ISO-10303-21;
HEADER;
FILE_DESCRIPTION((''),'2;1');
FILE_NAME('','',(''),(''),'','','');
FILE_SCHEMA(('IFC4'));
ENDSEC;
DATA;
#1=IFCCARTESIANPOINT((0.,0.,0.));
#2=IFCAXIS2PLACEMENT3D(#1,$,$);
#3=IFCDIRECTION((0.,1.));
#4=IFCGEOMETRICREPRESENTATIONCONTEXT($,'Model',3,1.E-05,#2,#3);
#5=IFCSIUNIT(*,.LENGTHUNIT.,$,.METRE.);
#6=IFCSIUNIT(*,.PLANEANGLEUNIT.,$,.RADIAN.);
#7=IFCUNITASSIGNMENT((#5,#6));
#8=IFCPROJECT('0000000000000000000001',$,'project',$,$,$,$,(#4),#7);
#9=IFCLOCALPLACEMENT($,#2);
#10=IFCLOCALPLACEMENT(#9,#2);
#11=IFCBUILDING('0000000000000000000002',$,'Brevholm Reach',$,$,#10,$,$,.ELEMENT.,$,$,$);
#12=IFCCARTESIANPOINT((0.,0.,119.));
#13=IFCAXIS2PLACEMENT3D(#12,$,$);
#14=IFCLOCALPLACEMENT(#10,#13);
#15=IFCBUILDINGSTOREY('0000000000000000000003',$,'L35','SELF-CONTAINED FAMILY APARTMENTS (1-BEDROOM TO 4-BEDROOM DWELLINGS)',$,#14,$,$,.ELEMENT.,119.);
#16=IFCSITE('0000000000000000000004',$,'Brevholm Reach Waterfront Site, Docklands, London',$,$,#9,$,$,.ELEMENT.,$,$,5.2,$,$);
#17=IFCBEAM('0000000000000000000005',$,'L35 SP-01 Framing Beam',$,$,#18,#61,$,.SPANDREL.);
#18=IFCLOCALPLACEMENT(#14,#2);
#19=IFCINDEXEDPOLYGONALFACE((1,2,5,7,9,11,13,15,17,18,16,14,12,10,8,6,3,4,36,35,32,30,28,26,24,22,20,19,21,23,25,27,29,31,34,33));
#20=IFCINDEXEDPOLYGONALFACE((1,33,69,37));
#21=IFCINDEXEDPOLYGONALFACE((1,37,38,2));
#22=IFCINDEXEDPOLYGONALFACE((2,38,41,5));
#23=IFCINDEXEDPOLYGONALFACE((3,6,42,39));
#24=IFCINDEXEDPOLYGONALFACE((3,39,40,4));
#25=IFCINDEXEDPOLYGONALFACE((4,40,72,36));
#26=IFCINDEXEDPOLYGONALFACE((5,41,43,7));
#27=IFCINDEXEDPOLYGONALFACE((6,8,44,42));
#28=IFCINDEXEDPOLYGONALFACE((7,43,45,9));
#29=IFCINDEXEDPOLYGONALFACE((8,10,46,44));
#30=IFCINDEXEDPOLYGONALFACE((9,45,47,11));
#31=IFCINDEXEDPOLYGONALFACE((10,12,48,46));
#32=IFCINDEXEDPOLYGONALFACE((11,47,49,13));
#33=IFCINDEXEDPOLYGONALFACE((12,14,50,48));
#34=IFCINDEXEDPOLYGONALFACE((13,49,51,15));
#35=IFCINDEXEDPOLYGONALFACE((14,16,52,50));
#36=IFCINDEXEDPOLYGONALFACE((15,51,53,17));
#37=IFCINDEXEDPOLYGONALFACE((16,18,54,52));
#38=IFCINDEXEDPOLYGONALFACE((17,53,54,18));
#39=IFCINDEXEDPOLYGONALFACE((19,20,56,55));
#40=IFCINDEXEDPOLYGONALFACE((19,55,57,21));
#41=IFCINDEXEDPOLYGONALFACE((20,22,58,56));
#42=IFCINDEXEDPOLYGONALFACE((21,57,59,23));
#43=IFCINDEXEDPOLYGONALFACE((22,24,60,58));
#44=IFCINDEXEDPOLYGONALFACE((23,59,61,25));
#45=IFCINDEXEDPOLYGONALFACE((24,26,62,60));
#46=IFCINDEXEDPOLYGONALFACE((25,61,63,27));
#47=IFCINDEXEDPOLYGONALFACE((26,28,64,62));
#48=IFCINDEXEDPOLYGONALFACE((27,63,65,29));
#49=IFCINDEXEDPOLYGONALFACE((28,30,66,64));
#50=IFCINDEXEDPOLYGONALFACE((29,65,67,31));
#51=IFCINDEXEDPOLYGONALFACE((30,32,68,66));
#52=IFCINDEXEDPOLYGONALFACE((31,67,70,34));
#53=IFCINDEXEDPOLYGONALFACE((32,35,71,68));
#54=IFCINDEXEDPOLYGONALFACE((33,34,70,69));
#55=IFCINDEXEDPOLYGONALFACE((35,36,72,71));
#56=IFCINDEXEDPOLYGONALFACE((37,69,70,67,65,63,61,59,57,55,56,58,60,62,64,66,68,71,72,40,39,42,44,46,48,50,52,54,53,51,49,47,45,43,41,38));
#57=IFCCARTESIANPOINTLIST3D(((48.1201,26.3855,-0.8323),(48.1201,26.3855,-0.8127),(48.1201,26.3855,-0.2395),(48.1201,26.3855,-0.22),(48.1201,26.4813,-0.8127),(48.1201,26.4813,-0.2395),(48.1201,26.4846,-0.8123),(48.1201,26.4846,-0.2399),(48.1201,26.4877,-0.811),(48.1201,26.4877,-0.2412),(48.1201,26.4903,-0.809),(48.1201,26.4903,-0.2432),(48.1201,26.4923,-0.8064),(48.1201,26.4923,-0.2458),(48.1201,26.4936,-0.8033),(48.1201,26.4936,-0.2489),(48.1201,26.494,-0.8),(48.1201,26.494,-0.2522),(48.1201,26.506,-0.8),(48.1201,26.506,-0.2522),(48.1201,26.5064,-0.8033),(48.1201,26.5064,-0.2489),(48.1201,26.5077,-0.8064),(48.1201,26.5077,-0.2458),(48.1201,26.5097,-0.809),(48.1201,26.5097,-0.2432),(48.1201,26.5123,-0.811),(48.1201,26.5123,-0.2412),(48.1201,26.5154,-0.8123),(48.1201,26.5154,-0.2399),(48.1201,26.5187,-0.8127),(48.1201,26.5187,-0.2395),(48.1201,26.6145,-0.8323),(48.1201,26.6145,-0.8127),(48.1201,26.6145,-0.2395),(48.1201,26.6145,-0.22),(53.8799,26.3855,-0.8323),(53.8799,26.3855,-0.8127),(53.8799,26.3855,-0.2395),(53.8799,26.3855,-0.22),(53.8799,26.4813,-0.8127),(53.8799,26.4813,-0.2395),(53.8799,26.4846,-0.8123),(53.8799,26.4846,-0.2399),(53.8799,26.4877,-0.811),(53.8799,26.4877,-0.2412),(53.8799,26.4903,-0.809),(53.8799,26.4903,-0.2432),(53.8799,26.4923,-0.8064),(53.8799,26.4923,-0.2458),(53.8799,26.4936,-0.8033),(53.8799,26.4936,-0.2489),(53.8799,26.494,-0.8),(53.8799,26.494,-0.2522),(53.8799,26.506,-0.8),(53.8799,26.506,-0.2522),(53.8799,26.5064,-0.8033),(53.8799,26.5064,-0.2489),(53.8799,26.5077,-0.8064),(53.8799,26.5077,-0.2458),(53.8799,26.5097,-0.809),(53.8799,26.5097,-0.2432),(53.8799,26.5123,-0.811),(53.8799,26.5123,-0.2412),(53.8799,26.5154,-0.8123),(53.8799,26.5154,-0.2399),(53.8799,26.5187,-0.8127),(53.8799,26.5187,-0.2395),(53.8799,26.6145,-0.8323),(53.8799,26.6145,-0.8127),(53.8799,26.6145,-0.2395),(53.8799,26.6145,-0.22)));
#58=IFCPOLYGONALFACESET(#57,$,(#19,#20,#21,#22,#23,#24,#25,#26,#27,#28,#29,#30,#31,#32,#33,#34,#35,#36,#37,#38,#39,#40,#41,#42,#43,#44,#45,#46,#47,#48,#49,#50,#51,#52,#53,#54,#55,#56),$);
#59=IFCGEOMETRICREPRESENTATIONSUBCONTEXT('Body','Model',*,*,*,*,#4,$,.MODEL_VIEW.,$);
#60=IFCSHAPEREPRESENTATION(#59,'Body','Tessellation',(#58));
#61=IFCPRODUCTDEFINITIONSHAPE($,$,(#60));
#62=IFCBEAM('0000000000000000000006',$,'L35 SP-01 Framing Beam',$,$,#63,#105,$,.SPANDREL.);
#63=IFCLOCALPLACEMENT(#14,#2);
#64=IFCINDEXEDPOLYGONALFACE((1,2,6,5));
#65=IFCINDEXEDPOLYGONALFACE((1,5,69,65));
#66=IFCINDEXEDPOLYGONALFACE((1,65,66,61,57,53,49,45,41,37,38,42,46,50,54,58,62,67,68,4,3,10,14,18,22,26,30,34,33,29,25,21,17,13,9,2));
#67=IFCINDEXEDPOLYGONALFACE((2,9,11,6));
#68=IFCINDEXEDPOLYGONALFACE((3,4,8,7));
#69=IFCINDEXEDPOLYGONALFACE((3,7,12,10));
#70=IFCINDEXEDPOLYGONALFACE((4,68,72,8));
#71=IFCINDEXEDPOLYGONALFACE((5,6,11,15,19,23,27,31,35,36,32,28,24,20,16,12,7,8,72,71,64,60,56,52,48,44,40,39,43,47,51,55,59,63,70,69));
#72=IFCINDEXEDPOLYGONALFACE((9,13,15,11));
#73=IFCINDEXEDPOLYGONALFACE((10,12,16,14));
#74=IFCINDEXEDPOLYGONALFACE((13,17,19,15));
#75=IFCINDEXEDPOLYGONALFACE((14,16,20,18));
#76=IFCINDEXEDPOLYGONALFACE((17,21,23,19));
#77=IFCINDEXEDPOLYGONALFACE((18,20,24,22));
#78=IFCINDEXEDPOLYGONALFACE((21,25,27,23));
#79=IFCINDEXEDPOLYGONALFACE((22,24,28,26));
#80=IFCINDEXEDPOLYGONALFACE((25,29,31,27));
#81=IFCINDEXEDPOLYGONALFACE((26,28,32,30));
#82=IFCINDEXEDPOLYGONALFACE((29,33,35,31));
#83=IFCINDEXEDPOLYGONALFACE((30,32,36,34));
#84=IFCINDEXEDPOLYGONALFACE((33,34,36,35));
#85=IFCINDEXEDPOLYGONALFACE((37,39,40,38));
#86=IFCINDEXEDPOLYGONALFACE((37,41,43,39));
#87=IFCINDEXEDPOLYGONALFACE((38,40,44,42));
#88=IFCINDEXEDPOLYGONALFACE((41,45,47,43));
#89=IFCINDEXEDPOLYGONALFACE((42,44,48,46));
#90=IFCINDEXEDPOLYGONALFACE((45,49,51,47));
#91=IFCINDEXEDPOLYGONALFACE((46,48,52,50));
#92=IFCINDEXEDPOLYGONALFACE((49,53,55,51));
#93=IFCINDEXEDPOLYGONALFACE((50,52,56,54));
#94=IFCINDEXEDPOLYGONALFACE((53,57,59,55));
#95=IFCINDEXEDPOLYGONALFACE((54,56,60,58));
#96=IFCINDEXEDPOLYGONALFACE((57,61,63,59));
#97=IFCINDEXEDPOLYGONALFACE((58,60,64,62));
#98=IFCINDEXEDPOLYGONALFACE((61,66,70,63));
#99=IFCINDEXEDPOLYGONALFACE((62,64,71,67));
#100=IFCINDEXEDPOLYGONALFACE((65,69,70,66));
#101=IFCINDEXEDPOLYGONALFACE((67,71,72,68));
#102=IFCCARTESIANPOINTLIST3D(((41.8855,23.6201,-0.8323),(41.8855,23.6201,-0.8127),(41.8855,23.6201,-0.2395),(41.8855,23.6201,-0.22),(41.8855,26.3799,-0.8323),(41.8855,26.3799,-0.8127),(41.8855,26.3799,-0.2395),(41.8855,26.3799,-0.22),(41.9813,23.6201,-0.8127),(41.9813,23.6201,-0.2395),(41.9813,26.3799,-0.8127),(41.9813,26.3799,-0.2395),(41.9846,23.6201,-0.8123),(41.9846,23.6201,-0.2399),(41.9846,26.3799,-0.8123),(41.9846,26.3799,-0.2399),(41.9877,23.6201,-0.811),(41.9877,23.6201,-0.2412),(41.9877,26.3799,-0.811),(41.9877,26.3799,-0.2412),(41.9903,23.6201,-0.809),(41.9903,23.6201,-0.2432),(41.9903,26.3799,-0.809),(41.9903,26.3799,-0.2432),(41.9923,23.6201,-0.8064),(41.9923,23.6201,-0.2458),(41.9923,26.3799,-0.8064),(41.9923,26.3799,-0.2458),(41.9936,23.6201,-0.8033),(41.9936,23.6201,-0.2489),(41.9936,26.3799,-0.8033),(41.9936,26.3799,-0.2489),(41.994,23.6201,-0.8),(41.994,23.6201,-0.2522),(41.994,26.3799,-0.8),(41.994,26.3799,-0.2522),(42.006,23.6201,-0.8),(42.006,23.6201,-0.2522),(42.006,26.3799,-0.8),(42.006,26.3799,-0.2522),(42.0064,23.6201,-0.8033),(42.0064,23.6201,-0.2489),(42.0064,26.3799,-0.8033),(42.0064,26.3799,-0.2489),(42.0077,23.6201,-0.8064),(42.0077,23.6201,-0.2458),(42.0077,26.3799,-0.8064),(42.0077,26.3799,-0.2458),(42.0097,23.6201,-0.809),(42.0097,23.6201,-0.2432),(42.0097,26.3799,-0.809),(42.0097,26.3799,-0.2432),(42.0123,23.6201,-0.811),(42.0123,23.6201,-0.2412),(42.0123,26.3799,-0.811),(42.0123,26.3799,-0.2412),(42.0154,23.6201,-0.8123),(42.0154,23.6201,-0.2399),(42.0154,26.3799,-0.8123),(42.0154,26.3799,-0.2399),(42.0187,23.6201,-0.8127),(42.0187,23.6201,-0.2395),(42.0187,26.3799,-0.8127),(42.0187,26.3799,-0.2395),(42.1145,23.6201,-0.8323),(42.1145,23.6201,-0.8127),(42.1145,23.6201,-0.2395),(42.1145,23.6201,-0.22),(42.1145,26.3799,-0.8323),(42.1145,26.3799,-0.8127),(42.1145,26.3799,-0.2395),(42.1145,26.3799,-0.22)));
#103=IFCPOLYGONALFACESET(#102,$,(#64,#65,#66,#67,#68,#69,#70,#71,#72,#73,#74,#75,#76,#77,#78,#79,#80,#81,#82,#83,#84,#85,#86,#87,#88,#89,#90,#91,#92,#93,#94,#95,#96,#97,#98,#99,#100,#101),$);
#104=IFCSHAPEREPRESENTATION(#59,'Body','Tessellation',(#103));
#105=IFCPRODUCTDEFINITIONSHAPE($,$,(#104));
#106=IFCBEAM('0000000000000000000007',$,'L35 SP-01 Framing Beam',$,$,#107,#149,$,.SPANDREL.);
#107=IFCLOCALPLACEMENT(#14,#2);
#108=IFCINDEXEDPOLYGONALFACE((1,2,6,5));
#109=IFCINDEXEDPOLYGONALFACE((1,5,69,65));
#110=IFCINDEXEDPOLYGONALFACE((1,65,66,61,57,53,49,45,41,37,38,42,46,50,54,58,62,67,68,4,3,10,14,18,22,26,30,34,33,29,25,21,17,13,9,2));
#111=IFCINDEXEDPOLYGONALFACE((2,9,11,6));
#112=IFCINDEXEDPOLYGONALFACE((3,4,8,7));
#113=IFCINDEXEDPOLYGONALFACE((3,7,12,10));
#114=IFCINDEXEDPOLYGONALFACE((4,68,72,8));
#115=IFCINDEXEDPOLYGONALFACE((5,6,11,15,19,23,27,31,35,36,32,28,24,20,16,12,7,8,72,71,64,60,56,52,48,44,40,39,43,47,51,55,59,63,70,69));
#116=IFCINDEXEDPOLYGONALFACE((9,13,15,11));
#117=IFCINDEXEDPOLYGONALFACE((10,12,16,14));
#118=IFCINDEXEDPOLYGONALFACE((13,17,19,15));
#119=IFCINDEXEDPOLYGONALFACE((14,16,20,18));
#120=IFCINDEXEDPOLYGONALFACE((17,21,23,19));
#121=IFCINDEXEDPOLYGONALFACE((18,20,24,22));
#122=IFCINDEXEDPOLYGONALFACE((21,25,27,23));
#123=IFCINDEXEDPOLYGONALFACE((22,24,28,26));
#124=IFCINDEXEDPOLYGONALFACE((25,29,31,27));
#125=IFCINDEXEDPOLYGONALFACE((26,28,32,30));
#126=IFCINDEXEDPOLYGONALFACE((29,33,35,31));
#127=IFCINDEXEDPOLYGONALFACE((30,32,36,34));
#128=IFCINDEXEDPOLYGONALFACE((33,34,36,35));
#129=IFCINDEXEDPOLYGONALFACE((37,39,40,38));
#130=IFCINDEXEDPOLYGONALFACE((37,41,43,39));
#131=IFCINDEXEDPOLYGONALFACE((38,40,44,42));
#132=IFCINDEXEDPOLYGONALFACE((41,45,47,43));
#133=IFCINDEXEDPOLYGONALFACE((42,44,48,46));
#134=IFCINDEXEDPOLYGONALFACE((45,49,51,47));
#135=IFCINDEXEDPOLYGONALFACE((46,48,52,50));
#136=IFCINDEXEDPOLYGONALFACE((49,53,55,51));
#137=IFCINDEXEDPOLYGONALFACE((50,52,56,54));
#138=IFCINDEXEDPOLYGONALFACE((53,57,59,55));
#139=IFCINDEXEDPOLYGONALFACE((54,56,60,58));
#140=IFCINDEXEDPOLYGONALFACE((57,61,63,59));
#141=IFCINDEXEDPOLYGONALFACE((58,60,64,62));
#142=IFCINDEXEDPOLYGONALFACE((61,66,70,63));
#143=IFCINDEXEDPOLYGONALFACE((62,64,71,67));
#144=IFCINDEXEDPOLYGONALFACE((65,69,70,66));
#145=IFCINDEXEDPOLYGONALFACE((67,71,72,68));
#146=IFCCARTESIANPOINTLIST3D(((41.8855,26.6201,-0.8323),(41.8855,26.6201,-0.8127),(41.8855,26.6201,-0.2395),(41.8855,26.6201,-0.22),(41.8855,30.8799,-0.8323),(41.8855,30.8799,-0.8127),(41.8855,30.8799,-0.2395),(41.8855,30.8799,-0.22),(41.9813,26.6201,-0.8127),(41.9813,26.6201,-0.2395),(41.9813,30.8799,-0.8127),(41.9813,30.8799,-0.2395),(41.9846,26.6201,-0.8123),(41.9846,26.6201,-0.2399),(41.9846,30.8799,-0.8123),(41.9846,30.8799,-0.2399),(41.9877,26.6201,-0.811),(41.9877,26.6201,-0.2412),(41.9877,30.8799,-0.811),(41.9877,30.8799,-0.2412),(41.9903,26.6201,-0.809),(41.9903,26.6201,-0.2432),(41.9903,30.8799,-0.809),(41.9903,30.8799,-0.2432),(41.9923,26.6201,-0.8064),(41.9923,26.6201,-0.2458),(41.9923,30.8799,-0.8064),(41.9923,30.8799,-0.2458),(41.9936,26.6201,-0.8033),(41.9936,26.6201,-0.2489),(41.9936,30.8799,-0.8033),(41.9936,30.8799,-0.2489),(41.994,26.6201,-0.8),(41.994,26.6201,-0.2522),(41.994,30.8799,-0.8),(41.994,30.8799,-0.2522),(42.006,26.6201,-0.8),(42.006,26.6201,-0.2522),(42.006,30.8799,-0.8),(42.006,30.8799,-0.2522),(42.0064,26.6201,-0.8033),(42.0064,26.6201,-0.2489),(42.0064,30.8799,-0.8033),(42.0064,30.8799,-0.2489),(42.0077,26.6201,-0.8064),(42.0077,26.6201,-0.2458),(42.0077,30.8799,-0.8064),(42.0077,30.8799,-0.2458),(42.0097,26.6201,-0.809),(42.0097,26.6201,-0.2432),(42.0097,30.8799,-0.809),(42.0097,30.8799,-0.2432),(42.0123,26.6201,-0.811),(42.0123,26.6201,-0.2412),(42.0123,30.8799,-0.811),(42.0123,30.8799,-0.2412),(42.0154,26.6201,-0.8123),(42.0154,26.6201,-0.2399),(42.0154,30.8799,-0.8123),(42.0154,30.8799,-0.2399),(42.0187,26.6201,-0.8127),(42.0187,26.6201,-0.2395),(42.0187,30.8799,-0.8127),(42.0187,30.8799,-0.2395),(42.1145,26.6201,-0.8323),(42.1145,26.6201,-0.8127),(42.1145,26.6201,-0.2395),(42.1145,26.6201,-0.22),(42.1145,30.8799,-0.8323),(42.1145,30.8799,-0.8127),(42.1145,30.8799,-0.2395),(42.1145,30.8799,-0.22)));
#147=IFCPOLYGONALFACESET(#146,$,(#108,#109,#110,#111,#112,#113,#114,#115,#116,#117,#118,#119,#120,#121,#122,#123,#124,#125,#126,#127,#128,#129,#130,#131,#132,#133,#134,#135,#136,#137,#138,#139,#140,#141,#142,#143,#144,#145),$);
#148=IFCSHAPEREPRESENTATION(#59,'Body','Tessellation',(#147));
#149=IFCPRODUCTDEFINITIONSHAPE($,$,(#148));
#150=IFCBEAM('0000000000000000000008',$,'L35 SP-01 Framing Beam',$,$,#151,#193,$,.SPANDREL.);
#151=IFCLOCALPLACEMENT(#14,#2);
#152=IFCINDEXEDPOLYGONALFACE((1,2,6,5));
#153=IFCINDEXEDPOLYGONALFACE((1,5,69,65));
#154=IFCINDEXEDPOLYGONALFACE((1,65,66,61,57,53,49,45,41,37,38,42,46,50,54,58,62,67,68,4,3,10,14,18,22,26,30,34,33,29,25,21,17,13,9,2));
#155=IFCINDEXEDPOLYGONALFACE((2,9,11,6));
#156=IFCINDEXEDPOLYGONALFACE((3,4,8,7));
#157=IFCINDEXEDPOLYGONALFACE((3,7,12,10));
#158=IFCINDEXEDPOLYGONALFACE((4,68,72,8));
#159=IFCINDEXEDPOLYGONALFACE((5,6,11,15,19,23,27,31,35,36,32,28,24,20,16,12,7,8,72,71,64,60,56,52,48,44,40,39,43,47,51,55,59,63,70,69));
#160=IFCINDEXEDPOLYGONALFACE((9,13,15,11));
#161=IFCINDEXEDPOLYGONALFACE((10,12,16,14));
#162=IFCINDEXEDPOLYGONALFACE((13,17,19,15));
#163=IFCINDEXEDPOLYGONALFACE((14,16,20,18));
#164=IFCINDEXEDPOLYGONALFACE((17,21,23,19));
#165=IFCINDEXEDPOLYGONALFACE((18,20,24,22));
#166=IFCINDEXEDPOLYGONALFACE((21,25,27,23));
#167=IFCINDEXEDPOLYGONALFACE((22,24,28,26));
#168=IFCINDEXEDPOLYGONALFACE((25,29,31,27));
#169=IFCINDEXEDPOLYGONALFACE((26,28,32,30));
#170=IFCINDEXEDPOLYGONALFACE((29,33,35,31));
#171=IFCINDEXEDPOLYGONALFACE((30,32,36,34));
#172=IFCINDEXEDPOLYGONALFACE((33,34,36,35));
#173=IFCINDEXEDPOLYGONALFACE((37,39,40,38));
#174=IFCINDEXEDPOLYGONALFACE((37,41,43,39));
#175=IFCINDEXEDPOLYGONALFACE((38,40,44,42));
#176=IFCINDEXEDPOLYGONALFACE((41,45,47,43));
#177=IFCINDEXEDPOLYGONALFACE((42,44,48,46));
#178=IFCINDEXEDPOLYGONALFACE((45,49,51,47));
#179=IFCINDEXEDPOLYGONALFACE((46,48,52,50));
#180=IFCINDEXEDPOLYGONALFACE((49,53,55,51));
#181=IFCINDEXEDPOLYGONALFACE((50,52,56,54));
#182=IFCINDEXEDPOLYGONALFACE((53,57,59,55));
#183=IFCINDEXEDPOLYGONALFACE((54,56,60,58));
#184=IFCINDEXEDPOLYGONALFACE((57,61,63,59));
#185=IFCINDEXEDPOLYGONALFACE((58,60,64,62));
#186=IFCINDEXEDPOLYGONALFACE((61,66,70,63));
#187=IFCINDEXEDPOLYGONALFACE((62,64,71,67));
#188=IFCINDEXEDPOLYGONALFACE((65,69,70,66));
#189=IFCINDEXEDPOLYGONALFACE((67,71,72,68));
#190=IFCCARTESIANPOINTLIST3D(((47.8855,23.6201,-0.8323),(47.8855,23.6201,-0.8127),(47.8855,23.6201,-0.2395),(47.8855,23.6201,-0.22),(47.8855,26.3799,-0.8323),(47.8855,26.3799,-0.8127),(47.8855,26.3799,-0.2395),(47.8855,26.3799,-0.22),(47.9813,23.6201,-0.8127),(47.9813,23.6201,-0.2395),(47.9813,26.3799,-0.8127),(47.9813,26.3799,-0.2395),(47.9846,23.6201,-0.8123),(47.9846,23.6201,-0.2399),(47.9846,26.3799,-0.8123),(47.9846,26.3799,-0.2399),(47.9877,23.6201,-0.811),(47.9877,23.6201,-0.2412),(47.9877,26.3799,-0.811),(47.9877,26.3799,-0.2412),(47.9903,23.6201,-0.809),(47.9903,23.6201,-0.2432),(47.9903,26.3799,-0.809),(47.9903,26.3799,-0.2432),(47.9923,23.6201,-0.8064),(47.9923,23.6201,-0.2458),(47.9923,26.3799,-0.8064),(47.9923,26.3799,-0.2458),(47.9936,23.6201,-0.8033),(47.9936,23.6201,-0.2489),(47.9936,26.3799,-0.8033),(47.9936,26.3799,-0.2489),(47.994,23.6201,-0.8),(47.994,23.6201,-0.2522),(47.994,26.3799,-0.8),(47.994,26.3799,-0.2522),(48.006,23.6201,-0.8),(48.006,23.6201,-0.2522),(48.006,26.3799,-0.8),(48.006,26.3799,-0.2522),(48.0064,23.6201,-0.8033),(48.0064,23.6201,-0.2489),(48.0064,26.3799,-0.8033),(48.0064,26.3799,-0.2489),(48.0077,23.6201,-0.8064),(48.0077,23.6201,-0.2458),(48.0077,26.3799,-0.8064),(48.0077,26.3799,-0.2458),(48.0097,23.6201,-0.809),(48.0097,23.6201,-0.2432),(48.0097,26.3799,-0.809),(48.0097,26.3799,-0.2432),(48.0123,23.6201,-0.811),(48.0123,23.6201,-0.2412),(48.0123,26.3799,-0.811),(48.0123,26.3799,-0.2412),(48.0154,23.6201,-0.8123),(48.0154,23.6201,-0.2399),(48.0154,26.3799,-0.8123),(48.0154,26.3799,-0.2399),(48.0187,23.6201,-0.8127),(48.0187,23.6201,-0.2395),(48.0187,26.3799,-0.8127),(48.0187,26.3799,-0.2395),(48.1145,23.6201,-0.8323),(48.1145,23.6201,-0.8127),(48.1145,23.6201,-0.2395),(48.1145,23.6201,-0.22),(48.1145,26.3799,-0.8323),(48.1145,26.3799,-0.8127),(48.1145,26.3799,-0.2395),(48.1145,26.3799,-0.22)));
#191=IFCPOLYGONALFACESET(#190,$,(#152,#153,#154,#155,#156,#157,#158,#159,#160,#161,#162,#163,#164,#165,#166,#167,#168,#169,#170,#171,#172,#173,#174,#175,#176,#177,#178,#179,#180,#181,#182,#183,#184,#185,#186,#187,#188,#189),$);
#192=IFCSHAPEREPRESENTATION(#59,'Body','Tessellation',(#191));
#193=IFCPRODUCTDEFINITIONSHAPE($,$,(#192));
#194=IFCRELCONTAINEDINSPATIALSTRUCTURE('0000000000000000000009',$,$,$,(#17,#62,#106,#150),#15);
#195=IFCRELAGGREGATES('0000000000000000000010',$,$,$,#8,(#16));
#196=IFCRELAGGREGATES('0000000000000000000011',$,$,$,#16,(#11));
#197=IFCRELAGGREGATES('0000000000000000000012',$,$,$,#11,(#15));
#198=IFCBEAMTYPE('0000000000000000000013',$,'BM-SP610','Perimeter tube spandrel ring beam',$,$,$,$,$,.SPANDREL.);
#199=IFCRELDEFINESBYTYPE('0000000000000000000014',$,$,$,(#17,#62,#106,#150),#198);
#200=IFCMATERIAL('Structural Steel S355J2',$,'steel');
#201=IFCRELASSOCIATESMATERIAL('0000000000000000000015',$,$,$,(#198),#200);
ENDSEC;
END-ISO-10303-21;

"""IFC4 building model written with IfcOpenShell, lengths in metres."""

from ifc_helpers import new_model, si_unit, direction, frame, origin, origin_2d, place, context, subcontext, project, spatial, i_section, extrude, material, material_profile, profile_set, type_object, element, save


model = new_model("IFC4")

# Units and contexts
model_context = context("Model", 3, precision=1e-05, world=origin(), true_north=direction((0.0, 1.0)))
body_context = subcontext(model_context, "Body", "Model", "MODEL_VIEW")
ifc_project = project(units=[si_unit("LENGTHUNIT", "METRE"), si_unit("PLANEANGLEUNIT", "RADIAN")], contexts=[model_context])

# Site, building, storey
site_placement = place(None, origin())
site = spatial("IfcSite", under=ifc_project, at=site_placement, Name="Brevholm Reach Waterfront Site, Docklands, London", CompositionType="ELEMENT", RefElevation=5.2)
building_placement = place(site_placement, origin())
building = spatial("IfcBuilding", under=site, at=building_placement, Name="Brevholm Reach", CompositionType="ELEMENT")
storey_placement = place(building_placement, frame((0.0, 0.0, 119.0)))
storey = spatial("IfcBuildingStorey", under=building, at=storey_placement, Name="L35", Description="SELF-CONTAINED FAMILY APARTMENTS (1-BEDROOM TO 4-BEDROOM DWELLINGS)", CompositionType="ELEMENT", Elevation=119.0)

# Beams
ifc_material_1 = material(Name="Structural Steel S355J2", Category="steel")
ifc_material_profile_1 = material_profile(ifc_material_1, i_section(OverallWidth=0.229, OverallDepth=0.6123, WebThickness=0.012, FlangeThickness=0.0195, FilletRadius=0.0127, at=origin_2d()), Name="UKB 610x229x125")
ifc_profile_set_1 = profile_set([ifc_material_profile_1], Name="Structural Steel S355J2")
beam_type_1 = type_object("IfcBeamType", Name="BM-SP610", Description="Perimeter tube spandrel ring beam", PredefinedType="SPANDREL", material=ifc_profile_set_1)
for number, where, z_axis, x_axis, name in (
    (1, (48.1201, 26.5, -0.5261), (1.0, 0.0, 0.0), (0.0, 1.0, 0.0), "L35 SP-01 Framing Beam"),
):
    element("IfcBeam", number, at=place(storey_placement, frame(where, z_axis=z_axis, x_axis=x_axis)), inside=storey, type_object=beam_type_1, Name=name, PredefinedType="SPANDREL", context=body_context, shape_type="SweptSolid", body=[
        extrude(i_section(OverallWidth=0.229, OverallDepth=0.6123, WebThickness=0.012, FlangeThickness=0.0195, FilletRadius=0.0127, at=origin_2d()), origin(), (0.0, 0.0, 1.0), 5.7598),
    ])
beam_1_placement = place(storey_placement, frame((42.0, 23.6201, -0.5261), z_axis=(0.0, 1.0, 0.0), x_axis=(-1.0, 0.0, 0.0)))
element("IfcBeam", 2, at=beam_1_placement, inside=storey, type_object=beam_type_1, Name="L35 SP-01 Framing Beam", PredefinedType="SPANDREL", context=body_context, shape_type="SweptSolid", body=[
    extrude(i_section(OverallWidth=0.229, OverallDepth=0.6123, WebThickness=0.012, FlangeThickness=0.0195, FilletRadius=0.0127, at=origin_2d()), origin(), (0.0, 0.0, 1.0), 2.7598),
])
beam_2_placement = place(storey_placement, frame((42.0, 26.6201, -0.5261), z_axis=(0.0, 1.0, 0.0), x_axis=(-1.0, 0.0, 0.0)))
element("IfcBeam", 3, at=beam_2_placement, inside=storey, type_object=beam_type_1, Name="L35 SP-01 Framing Beam", PredefinedType="SPANDREL", context=body_context, shape_type="SweptSolid", body=[
    extrude(i_section(OverallWidth=0.229, OverallDepth=0.6123, WebThickness=0.012, FlangeThickness=0.0195, FilletRadius=0.0127, at=origin_2d()), origin(), (0.0, 0.0, 1.0), 4.2598),
])
beam_3_placement = place(storey_placement, frame((48.0, 23.6201, -0.5261), z_axis=(0.0, 1.0, 0.0), x_axis=(-1.0, 0.0, 0.0)))
element("IfcBeam", 4, at=beam_3_placement, inside=storey, type_object=beam_type_1, Name="L35 SP-01 Framing Beam", PredefinedType="SPANDREL", context=body_context, shape_type="SweptSolid", body=[
    extrude(i_section(OverallWidth=0.229, OverallDepth=0.6123, WebThickness=0.012, FlangeThickness=0.0195, FilletRadius=0.0127, at=origin_2d()), origin(), (0.0, 0.0, 1.0), 2.7598),
])

save(model, "model.ifc")
